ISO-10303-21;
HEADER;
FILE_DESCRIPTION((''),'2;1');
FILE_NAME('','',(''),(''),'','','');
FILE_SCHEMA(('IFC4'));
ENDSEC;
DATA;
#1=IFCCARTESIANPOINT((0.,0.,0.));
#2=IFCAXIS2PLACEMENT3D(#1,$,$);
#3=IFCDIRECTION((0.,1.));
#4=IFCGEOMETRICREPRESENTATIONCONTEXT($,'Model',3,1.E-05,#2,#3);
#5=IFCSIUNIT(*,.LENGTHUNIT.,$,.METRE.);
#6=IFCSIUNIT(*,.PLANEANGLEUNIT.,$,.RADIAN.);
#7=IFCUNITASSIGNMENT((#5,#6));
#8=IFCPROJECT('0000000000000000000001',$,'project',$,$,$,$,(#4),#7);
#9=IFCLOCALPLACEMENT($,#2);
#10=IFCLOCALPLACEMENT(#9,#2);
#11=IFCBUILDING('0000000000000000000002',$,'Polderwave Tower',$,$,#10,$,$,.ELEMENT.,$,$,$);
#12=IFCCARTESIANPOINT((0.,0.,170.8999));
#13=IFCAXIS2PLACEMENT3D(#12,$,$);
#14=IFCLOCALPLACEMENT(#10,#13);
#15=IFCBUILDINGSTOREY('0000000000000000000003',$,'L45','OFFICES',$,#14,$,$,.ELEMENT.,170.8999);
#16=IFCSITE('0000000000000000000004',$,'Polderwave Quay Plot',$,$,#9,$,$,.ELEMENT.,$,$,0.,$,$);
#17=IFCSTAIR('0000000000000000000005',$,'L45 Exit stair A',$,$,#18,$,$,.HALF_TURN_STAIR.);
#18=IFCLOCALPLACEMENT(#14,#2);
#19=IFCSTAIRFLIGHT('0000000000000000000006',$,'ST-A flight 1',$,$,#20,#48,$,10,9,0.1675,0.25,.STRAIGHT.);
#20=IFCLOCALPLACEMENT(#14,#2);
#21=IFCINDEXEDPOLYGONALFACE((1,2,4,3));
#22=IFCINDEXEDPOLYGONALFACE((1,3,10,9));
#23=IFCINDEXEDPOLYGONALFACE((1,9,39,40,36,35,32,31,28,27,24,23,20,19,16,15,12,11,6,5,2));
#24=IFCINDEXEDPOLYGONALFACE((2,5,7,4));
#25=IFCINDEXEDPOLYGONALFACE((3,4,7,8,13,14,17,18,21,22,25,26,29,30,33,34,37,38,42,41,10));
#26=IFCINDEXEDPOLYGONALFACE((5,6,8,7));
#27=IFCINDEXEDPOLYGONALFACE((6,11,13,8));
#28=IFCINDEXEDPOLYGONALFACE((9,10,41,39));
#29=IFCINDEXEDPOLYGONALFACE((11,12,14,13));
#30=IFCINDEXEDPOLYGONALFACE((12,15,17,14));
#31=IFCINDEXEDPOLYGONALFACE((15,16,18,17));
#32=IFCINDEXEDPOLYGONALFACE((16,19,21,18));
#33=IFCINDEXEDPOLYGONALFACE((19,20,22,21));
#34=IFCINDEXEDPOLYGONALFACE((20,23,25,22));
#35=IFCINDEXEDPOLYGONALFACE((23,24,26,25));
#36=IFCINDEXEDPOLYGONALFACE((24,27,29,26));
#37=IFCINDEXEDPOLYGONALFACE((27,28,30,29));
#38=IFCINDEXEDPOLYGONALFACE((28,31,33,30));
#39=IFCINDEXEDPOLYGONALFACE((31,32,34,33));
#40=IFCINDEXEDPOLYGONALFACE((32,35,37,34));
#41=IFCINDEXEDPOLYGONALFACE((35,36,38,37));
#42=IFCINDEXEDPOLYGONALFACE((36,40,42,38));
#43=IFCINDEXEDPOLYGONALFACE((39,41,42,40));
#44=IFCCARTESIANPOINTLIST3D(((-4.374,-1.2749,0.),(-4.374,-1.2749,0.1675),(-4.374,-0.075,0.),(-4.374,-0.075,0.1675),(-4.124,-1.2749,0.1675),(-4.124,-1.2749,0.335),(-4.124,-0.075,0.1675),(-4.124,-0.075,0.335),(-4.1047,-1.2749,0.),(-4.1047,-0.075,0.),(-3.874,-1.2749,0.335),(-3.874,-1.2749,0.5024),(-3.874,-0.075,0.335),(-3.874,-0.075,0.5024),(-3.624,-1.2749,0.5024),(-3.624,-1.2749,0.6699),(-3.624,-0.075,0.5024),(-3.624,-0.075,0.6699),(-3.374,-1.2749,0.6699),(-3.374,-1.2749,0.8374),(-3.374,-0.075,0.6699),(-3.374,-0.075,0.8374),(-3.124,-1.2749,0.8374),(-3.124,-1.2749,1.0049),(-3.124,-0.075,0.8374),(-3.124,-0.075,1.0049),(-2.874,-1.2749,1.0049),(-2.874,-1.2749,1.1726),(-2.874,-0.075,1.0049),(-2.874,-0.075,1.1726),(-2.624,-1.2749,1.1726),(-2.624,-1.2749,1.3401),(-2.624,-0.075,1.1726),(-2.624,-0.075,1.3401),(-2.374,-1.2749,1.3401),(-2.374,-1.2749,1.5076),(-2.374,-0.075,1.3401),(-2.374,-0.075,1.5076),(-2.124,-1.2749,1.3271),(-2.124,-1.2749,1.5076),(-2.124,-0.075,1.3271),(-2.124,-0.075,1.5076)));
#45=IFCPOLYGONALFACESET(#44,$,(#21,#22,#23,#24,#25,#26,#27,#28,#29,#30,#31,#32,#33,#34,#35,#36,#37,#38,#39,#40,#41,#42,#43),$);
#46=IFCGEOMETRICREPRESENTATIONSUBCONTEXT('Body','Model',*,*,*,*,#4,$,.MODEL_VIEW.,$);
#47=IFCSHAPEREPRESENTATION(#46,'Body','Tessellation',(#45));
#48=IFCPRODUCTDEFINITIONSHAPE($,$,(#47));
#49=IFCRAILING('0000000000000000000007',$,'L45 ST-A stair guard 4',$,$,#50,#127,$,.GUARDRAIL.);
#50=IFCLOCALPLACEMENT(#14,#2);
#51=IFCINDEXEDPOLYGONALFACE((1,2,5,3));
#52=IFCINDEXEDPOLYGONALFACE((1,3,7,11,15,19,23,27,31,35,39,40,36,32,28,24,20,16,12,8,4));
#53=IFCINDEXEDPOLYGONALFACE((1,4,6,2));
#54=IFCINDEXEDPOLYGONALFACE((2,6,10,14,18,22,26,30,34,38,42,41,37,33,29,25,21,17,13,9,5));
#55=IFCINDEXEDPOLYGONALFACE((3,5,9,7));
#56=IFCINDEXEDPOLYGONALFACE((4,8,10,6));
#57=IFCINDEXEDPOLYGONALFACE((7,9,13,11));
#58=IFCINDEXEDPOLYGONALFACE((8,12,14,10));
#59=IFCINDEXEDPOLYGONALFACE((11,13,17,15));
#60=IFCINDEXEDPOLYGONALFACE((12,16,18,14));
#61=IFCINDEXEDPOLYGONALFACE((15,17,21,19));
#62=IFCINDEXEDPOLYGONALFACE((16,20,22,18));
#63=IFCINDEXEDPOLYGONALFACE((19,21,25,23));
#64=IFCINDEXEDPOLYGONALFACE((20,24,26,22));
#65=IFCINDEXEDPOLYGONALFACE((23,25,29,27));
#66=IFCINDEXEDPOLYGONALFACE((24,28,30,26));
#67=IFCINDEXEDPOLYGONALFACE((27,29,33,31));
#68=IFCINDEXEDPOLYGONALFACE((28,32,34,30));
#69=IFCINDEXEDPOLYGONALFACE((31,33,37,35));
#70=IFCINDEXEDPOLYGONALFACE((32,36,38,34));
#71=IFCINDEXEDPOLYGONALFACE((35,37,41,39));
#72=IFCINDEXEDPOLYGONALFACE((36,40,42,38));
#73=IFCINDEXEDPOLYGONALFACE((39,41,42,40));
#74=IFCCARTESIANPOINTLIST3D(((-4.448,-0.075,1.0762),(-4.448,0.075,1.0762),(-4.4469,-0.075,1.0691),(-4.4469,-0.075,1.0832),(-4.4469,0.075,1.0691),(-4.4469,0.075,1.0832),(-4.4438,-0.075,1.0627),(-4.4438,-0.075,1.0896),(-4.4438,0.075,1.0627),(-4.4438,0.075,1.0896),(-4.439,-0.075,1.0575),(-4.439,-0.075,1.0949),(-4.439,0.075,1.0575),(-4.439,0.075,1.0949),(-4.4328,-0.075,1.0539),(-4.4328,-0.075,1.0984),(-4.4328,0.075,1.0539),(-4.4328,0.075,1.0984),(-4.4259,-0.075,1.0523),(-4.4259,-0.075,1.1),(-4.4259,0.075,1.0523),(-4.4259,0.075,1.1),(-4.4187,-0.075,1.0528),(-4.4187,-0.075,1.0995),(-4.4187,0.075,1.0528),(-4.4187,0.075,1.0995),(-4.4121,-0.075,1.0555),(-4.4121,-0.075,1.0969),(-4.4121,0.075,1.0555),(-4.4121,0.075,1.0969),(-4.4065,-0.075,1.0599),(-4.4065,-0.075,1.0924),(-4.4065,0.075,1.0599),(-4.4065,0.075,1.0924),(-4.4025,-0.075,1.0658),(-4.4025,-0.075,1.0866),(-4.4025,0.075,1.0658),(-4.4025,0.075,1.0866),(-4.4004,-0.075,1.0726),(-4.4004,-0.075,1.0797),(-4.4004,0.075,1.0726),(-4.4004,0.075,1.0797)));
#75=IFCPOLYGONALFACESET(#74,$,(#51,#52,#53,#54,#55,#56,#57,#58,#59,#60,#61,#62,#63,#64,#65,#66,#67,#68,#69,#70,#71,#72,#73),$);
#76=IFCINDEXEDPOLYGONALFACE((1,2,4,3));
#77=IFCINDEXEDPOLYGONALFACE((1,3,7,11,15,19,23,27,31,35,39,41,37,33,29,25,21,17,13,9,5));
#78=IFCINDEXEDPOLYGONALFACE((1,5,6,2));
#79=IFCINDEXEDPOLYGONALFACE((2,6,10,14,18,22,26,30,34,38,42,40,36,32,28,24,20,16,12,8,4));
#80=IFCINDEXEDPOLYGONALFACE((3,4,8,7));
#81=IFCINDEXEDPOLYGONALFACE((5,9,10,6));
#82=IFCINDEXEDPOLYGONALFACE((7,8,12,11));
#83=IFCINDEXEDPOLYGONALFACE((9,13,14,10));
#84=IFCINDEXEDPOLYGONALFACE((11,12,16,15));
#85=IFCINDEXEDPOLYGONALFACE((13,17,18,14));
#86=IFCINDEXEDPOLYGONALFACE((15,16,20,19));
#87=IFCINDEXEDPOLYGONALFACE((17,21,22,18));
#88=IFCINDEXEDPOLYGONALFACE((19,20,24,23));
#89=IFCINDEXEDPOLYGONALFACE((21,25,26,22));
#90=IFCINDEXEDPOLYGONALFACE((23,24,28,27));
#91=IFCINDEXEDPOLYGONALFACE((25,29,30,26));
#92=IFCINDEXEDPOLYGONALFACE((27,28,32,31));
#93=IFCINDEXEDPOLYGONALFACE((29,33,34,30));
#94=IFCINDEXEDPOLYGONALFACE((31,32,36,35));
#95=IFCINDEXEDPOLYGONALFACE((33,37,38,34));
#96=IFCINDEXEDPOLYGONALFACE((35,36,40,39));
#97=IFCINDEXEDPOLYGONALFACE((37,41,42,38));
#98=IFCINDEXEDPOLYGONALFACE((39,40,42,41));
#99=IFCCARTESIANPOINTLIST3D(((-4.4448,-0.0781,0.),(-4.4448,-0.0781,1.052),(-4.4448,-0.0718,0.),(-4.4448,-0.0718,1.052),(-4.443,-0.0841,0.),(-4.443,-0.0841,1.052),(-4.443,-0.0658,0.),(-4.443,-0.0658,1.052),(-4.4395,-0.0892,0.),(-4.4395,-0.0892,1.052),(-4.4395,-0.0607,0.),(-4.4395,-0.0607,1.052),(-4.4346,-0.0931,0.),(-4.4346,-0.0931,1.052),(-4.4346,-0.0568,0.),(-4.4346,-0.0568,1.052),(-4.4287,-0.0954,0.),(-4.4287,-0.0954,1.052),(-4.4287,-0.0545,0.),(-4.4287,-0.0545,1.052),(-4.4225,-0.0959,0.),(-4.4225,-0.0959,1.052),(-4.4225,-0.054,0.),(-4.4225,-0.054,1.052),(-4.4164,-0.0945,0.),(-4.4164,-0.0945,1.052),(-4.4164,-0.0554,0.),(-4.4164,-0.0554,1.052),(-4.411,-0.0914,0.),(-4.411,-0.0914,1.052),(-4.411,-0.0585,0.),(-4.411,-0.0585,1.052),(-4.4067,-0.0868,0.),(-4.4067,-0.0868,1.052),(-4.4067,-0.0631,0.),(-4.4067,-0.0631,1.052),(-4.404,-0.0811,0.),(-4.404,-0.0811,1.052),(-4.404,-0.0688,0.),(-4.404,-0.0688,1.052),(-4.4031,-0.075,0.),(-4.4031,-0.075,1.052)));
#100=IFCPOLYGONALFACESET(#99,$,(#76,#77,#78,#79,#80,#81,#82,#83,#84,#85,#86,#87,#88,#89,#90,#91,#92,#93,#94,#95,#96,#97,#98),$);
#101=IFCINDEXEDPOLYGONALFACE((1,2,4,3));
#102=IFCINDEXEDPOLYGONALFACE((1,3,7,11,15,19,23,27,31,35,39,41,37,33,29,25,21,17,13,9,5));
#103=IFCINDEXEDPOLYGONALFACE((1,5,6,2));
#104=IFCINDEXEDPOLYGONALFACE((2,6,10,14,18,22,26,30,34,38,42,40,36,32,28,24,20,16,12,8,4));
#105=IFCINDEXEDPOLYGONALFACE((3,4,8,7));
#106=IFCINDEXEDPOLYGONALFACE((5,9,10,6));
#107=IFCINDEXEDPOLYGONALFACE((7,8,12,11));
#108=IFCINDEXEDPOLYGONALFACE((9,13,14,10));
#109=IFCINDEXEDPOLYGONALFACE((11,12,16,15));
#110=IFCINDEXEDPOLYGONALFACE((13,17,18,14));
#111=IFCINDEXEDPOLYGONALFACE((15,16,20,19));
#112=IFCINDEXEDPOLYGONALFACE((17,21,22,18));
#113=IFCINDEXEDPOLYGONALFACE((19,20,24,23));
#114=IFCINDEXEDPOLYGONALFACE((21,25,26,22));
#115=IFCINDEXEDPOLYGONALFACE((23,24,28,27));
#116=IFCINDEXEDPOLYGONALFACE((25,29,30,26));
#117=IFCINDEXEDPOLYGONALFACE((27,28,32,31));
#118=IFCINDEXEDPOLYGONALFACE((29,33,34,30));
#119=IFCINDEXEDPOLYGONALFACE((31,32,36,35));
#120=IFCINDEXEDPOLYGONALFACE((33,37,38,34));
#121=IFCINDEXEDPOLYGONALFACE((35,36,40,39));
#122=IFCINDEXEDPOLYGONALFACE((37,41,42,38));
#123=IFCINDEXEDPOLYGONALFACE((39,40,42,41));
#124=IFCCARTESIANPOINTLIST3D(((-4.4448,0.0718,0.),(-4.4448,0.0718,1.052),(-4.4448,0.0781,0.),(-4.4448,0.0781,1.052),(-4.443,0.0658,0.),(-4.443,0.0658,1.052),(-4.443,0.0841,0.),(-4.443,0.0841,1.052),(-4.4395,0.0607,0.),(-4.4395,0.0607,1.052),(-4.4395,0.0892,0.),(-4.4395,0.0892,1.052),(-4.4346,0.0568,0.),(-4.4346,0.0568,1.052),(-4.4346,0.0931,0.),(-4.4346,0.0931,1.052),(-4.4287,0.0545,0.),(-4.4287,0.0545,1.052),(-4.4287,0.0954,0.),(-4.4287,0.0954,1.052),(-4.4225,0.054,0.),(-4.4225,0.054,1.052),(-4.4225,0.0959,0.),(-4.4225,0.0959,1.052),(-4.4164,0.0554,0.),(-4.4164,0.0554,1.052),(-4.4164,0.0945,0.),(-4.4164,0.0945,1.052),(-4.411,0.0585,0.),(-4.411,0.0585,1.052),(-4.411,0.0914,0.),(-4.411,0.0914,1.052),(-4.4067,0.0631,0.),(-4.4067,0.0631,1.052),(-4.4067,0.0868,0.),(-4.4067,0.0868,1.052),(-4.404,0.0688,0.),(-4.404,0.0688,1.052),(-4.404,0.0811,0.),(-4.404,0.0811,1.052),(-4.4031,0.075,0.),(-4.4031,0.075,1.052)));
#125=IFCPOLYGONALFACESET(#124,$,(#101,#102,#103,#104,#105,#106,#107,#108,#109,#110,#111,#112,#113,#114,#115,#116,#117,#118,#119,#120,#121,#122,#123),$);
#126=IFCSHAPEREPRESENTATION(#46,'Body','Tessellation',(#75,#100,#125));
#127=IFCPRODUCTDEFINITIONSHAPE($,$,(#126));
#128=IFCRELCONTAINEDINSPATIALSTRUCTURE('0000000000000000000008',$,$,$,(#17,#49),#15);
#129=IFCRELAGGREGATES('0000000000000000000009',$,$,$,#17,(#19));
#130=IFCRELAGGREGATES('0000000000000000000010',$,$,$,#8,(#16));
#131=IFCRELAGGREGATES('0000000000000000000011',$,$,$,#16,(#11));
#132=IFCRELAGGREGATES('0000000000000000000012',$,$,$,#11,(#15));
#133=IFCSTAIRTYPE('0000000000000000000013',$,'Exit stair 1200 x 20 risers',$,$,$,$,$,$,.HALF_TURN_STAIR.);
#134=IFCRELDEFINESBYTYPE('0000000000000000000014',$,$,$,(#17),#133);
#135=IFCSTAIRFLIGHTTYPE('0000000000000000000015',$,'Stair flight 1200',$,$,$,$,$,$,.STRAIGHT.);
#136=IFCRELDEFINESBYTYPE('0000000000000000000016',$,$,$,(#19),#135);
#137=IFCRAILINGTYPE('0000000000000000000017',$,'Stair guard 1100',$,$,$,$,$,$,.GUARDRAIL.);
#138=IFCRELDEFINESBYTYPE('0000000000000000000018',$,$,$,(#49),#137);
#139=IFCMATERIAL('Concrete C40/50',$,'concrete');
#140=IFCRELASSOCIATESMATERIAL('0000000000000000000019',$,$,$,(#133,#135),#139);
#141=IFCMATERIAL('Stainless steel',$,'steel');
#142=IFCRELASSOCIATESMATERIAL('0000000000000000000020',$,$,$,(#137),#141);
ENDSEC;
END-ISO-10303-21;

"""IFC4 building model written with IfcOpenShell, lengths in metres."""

from ifc_helpers import new_model, si_unit, direction, frame, origin, origin_2d, place, context, subcontext, project, spatial, polyline, circle, outline, extrude, material, type_object, element, aggregate, save


model = new_model("IFC4")

# Units and contexts
model_context = context("Model", 3, precision=1e-05, world=origin(), true_north=direction((0.0, 1.0)))
body_context = subcontext(model_context, "Body", "Model", "MODEL_VIEW")
ifc_project = project(units=[si_unit("LENGTHUNIT", "METRE"), si_unit("PLANEANGLEUNIT", "RADIAN")], contexts=[model_context])

# Site, building, storey
site_placement = place(None, origin())
site = spatial("IfcSite", under=ifc_project, at=site_placement, Name="Polderwave Quay Plot", CompositionType="ELEMENT", RefElevation=0.0)
building_placement = place(site_placement, origin())
building = spatial("IfcBuilding", under=site, at=building_placement, Name="Polderwave Tower", CompositionType="ELEMENT")
storey_placement = place(building_placement, frame((0.0, 0.0, 170.8999)))
storey = spatial("IfcBuildingStorey", under=building, at=storey_placement, Name="L45", Description="OFFICES", CompositionType="ELEMENT", Elevation=170.8999)

# Shared definitions
ifc_material_1 = material(Name="Stainless steel", Category="steel")

# Stair, stair flight
ifc_material_2 = material(Name="Concrete C40/50", Category="concrete")
stair_type = type_object("IfcStairType", Name="Exit stair 1200 x 20 risers", PredefinedType="HALF_TURN_STAIR", material=ifc_material_2)
stair_placement = place(storey_placement, origin())
stair = element("IfcStair", 1, at=stair_placement, inside=storey, type_object=stair_type, Name="L45 Exit stair A", PredefinedType="HALF_TURN_STAIR")
stair_flight_type = type_object("IfcStairFlightType", Name="Stair flight 1200", PredefinedType="STRAIGHT", material=ifc_material_2)
stair_flight_placement = place(storey_placement, frame((-4.374, -0.675, 0.0), z_axis=(0.0, 0.0, 1.0), x_axis=(1.0, 0.0, 0.0)))
stair_flight = element("IfcStairFlight", 2, at=stair_flight_placement, type_object=stair_flight_type, Name="ST-A flight 1", NumberOfRisers=10, NumberOfTreads=9, PredefinedType="STRAIGHT", RiserHeight=0.1675, TreadLength=0.25, context=body_context, shape_type="SweptSolid", body=[
    extrude(outline(polyline([(0.0, 0.0), (0.0, 0.1675), (0.25, 0.1675), (0.25, 0.335), (0.5, 0.335), (0.5, 0.5024), (0.75, 0.5024), (0.75, 0.6699), (1.0, 0.6699), (1.0, 0.8374), (1.25, 0.8374), (1.25, 1.0049), (1.5, 1.0049), (1.5, 1.1726), (1.75, 1.1726), (1.75, 1.3401), (2.0, 1.3401), (2.0, 1.5076), (2.25, 1.5076), (2.25, 1.675), (2.25, 1.3271), (0.2693, 0.0), (0.0, 0.0)])), frame((0.0, 0.6001, 0.0), z_axis=(0.0, -1.0, 0.0), x_axis=(1.0, 0.0, 0.0)), (0.0, 0.0, 1.0), 1.2),
])
aggregate(stair, [stair_flight])

# Railing
railing_type_1 = type_object("IfcRailingType", Name="Stair guard 1100", PredefinedType="GUARDRAIL", material=ifc_material_1)
railing_1_placement = place(storey_placement, frame((-4.4241, -0.075, 0.0)))
element("IfcRailing", 3, at=railing_1_placement, inside=storey, type_object=railing_type_1, Name="L45 ST-A stair guard 4", PredefinedType="GUARDRAIL", context=body_context, shape_type="SweptSolid", body=[
    extrude(circle(Radius=0.0239, at=origin_2d()), frame((0.0, 0.0, 1.0762), z_axis=(0.0, 1.0, 0.0), x_axis=(-1.0, 0.0, 0.0)), (0.0, 0.0, 1.0), 0.1499),
    extrude(circle(Radius=0.021, at=origin_2d()), origin(), (0.0, 0.0, 1.0), 1.052),
    extrude(circle(Radius=0.021, at=origin_2d()), frame((0.0, 0.1499, 0.0)), (0.0, 0.0, 1.0), 1.052),
])

save(model, "model.ifc")
